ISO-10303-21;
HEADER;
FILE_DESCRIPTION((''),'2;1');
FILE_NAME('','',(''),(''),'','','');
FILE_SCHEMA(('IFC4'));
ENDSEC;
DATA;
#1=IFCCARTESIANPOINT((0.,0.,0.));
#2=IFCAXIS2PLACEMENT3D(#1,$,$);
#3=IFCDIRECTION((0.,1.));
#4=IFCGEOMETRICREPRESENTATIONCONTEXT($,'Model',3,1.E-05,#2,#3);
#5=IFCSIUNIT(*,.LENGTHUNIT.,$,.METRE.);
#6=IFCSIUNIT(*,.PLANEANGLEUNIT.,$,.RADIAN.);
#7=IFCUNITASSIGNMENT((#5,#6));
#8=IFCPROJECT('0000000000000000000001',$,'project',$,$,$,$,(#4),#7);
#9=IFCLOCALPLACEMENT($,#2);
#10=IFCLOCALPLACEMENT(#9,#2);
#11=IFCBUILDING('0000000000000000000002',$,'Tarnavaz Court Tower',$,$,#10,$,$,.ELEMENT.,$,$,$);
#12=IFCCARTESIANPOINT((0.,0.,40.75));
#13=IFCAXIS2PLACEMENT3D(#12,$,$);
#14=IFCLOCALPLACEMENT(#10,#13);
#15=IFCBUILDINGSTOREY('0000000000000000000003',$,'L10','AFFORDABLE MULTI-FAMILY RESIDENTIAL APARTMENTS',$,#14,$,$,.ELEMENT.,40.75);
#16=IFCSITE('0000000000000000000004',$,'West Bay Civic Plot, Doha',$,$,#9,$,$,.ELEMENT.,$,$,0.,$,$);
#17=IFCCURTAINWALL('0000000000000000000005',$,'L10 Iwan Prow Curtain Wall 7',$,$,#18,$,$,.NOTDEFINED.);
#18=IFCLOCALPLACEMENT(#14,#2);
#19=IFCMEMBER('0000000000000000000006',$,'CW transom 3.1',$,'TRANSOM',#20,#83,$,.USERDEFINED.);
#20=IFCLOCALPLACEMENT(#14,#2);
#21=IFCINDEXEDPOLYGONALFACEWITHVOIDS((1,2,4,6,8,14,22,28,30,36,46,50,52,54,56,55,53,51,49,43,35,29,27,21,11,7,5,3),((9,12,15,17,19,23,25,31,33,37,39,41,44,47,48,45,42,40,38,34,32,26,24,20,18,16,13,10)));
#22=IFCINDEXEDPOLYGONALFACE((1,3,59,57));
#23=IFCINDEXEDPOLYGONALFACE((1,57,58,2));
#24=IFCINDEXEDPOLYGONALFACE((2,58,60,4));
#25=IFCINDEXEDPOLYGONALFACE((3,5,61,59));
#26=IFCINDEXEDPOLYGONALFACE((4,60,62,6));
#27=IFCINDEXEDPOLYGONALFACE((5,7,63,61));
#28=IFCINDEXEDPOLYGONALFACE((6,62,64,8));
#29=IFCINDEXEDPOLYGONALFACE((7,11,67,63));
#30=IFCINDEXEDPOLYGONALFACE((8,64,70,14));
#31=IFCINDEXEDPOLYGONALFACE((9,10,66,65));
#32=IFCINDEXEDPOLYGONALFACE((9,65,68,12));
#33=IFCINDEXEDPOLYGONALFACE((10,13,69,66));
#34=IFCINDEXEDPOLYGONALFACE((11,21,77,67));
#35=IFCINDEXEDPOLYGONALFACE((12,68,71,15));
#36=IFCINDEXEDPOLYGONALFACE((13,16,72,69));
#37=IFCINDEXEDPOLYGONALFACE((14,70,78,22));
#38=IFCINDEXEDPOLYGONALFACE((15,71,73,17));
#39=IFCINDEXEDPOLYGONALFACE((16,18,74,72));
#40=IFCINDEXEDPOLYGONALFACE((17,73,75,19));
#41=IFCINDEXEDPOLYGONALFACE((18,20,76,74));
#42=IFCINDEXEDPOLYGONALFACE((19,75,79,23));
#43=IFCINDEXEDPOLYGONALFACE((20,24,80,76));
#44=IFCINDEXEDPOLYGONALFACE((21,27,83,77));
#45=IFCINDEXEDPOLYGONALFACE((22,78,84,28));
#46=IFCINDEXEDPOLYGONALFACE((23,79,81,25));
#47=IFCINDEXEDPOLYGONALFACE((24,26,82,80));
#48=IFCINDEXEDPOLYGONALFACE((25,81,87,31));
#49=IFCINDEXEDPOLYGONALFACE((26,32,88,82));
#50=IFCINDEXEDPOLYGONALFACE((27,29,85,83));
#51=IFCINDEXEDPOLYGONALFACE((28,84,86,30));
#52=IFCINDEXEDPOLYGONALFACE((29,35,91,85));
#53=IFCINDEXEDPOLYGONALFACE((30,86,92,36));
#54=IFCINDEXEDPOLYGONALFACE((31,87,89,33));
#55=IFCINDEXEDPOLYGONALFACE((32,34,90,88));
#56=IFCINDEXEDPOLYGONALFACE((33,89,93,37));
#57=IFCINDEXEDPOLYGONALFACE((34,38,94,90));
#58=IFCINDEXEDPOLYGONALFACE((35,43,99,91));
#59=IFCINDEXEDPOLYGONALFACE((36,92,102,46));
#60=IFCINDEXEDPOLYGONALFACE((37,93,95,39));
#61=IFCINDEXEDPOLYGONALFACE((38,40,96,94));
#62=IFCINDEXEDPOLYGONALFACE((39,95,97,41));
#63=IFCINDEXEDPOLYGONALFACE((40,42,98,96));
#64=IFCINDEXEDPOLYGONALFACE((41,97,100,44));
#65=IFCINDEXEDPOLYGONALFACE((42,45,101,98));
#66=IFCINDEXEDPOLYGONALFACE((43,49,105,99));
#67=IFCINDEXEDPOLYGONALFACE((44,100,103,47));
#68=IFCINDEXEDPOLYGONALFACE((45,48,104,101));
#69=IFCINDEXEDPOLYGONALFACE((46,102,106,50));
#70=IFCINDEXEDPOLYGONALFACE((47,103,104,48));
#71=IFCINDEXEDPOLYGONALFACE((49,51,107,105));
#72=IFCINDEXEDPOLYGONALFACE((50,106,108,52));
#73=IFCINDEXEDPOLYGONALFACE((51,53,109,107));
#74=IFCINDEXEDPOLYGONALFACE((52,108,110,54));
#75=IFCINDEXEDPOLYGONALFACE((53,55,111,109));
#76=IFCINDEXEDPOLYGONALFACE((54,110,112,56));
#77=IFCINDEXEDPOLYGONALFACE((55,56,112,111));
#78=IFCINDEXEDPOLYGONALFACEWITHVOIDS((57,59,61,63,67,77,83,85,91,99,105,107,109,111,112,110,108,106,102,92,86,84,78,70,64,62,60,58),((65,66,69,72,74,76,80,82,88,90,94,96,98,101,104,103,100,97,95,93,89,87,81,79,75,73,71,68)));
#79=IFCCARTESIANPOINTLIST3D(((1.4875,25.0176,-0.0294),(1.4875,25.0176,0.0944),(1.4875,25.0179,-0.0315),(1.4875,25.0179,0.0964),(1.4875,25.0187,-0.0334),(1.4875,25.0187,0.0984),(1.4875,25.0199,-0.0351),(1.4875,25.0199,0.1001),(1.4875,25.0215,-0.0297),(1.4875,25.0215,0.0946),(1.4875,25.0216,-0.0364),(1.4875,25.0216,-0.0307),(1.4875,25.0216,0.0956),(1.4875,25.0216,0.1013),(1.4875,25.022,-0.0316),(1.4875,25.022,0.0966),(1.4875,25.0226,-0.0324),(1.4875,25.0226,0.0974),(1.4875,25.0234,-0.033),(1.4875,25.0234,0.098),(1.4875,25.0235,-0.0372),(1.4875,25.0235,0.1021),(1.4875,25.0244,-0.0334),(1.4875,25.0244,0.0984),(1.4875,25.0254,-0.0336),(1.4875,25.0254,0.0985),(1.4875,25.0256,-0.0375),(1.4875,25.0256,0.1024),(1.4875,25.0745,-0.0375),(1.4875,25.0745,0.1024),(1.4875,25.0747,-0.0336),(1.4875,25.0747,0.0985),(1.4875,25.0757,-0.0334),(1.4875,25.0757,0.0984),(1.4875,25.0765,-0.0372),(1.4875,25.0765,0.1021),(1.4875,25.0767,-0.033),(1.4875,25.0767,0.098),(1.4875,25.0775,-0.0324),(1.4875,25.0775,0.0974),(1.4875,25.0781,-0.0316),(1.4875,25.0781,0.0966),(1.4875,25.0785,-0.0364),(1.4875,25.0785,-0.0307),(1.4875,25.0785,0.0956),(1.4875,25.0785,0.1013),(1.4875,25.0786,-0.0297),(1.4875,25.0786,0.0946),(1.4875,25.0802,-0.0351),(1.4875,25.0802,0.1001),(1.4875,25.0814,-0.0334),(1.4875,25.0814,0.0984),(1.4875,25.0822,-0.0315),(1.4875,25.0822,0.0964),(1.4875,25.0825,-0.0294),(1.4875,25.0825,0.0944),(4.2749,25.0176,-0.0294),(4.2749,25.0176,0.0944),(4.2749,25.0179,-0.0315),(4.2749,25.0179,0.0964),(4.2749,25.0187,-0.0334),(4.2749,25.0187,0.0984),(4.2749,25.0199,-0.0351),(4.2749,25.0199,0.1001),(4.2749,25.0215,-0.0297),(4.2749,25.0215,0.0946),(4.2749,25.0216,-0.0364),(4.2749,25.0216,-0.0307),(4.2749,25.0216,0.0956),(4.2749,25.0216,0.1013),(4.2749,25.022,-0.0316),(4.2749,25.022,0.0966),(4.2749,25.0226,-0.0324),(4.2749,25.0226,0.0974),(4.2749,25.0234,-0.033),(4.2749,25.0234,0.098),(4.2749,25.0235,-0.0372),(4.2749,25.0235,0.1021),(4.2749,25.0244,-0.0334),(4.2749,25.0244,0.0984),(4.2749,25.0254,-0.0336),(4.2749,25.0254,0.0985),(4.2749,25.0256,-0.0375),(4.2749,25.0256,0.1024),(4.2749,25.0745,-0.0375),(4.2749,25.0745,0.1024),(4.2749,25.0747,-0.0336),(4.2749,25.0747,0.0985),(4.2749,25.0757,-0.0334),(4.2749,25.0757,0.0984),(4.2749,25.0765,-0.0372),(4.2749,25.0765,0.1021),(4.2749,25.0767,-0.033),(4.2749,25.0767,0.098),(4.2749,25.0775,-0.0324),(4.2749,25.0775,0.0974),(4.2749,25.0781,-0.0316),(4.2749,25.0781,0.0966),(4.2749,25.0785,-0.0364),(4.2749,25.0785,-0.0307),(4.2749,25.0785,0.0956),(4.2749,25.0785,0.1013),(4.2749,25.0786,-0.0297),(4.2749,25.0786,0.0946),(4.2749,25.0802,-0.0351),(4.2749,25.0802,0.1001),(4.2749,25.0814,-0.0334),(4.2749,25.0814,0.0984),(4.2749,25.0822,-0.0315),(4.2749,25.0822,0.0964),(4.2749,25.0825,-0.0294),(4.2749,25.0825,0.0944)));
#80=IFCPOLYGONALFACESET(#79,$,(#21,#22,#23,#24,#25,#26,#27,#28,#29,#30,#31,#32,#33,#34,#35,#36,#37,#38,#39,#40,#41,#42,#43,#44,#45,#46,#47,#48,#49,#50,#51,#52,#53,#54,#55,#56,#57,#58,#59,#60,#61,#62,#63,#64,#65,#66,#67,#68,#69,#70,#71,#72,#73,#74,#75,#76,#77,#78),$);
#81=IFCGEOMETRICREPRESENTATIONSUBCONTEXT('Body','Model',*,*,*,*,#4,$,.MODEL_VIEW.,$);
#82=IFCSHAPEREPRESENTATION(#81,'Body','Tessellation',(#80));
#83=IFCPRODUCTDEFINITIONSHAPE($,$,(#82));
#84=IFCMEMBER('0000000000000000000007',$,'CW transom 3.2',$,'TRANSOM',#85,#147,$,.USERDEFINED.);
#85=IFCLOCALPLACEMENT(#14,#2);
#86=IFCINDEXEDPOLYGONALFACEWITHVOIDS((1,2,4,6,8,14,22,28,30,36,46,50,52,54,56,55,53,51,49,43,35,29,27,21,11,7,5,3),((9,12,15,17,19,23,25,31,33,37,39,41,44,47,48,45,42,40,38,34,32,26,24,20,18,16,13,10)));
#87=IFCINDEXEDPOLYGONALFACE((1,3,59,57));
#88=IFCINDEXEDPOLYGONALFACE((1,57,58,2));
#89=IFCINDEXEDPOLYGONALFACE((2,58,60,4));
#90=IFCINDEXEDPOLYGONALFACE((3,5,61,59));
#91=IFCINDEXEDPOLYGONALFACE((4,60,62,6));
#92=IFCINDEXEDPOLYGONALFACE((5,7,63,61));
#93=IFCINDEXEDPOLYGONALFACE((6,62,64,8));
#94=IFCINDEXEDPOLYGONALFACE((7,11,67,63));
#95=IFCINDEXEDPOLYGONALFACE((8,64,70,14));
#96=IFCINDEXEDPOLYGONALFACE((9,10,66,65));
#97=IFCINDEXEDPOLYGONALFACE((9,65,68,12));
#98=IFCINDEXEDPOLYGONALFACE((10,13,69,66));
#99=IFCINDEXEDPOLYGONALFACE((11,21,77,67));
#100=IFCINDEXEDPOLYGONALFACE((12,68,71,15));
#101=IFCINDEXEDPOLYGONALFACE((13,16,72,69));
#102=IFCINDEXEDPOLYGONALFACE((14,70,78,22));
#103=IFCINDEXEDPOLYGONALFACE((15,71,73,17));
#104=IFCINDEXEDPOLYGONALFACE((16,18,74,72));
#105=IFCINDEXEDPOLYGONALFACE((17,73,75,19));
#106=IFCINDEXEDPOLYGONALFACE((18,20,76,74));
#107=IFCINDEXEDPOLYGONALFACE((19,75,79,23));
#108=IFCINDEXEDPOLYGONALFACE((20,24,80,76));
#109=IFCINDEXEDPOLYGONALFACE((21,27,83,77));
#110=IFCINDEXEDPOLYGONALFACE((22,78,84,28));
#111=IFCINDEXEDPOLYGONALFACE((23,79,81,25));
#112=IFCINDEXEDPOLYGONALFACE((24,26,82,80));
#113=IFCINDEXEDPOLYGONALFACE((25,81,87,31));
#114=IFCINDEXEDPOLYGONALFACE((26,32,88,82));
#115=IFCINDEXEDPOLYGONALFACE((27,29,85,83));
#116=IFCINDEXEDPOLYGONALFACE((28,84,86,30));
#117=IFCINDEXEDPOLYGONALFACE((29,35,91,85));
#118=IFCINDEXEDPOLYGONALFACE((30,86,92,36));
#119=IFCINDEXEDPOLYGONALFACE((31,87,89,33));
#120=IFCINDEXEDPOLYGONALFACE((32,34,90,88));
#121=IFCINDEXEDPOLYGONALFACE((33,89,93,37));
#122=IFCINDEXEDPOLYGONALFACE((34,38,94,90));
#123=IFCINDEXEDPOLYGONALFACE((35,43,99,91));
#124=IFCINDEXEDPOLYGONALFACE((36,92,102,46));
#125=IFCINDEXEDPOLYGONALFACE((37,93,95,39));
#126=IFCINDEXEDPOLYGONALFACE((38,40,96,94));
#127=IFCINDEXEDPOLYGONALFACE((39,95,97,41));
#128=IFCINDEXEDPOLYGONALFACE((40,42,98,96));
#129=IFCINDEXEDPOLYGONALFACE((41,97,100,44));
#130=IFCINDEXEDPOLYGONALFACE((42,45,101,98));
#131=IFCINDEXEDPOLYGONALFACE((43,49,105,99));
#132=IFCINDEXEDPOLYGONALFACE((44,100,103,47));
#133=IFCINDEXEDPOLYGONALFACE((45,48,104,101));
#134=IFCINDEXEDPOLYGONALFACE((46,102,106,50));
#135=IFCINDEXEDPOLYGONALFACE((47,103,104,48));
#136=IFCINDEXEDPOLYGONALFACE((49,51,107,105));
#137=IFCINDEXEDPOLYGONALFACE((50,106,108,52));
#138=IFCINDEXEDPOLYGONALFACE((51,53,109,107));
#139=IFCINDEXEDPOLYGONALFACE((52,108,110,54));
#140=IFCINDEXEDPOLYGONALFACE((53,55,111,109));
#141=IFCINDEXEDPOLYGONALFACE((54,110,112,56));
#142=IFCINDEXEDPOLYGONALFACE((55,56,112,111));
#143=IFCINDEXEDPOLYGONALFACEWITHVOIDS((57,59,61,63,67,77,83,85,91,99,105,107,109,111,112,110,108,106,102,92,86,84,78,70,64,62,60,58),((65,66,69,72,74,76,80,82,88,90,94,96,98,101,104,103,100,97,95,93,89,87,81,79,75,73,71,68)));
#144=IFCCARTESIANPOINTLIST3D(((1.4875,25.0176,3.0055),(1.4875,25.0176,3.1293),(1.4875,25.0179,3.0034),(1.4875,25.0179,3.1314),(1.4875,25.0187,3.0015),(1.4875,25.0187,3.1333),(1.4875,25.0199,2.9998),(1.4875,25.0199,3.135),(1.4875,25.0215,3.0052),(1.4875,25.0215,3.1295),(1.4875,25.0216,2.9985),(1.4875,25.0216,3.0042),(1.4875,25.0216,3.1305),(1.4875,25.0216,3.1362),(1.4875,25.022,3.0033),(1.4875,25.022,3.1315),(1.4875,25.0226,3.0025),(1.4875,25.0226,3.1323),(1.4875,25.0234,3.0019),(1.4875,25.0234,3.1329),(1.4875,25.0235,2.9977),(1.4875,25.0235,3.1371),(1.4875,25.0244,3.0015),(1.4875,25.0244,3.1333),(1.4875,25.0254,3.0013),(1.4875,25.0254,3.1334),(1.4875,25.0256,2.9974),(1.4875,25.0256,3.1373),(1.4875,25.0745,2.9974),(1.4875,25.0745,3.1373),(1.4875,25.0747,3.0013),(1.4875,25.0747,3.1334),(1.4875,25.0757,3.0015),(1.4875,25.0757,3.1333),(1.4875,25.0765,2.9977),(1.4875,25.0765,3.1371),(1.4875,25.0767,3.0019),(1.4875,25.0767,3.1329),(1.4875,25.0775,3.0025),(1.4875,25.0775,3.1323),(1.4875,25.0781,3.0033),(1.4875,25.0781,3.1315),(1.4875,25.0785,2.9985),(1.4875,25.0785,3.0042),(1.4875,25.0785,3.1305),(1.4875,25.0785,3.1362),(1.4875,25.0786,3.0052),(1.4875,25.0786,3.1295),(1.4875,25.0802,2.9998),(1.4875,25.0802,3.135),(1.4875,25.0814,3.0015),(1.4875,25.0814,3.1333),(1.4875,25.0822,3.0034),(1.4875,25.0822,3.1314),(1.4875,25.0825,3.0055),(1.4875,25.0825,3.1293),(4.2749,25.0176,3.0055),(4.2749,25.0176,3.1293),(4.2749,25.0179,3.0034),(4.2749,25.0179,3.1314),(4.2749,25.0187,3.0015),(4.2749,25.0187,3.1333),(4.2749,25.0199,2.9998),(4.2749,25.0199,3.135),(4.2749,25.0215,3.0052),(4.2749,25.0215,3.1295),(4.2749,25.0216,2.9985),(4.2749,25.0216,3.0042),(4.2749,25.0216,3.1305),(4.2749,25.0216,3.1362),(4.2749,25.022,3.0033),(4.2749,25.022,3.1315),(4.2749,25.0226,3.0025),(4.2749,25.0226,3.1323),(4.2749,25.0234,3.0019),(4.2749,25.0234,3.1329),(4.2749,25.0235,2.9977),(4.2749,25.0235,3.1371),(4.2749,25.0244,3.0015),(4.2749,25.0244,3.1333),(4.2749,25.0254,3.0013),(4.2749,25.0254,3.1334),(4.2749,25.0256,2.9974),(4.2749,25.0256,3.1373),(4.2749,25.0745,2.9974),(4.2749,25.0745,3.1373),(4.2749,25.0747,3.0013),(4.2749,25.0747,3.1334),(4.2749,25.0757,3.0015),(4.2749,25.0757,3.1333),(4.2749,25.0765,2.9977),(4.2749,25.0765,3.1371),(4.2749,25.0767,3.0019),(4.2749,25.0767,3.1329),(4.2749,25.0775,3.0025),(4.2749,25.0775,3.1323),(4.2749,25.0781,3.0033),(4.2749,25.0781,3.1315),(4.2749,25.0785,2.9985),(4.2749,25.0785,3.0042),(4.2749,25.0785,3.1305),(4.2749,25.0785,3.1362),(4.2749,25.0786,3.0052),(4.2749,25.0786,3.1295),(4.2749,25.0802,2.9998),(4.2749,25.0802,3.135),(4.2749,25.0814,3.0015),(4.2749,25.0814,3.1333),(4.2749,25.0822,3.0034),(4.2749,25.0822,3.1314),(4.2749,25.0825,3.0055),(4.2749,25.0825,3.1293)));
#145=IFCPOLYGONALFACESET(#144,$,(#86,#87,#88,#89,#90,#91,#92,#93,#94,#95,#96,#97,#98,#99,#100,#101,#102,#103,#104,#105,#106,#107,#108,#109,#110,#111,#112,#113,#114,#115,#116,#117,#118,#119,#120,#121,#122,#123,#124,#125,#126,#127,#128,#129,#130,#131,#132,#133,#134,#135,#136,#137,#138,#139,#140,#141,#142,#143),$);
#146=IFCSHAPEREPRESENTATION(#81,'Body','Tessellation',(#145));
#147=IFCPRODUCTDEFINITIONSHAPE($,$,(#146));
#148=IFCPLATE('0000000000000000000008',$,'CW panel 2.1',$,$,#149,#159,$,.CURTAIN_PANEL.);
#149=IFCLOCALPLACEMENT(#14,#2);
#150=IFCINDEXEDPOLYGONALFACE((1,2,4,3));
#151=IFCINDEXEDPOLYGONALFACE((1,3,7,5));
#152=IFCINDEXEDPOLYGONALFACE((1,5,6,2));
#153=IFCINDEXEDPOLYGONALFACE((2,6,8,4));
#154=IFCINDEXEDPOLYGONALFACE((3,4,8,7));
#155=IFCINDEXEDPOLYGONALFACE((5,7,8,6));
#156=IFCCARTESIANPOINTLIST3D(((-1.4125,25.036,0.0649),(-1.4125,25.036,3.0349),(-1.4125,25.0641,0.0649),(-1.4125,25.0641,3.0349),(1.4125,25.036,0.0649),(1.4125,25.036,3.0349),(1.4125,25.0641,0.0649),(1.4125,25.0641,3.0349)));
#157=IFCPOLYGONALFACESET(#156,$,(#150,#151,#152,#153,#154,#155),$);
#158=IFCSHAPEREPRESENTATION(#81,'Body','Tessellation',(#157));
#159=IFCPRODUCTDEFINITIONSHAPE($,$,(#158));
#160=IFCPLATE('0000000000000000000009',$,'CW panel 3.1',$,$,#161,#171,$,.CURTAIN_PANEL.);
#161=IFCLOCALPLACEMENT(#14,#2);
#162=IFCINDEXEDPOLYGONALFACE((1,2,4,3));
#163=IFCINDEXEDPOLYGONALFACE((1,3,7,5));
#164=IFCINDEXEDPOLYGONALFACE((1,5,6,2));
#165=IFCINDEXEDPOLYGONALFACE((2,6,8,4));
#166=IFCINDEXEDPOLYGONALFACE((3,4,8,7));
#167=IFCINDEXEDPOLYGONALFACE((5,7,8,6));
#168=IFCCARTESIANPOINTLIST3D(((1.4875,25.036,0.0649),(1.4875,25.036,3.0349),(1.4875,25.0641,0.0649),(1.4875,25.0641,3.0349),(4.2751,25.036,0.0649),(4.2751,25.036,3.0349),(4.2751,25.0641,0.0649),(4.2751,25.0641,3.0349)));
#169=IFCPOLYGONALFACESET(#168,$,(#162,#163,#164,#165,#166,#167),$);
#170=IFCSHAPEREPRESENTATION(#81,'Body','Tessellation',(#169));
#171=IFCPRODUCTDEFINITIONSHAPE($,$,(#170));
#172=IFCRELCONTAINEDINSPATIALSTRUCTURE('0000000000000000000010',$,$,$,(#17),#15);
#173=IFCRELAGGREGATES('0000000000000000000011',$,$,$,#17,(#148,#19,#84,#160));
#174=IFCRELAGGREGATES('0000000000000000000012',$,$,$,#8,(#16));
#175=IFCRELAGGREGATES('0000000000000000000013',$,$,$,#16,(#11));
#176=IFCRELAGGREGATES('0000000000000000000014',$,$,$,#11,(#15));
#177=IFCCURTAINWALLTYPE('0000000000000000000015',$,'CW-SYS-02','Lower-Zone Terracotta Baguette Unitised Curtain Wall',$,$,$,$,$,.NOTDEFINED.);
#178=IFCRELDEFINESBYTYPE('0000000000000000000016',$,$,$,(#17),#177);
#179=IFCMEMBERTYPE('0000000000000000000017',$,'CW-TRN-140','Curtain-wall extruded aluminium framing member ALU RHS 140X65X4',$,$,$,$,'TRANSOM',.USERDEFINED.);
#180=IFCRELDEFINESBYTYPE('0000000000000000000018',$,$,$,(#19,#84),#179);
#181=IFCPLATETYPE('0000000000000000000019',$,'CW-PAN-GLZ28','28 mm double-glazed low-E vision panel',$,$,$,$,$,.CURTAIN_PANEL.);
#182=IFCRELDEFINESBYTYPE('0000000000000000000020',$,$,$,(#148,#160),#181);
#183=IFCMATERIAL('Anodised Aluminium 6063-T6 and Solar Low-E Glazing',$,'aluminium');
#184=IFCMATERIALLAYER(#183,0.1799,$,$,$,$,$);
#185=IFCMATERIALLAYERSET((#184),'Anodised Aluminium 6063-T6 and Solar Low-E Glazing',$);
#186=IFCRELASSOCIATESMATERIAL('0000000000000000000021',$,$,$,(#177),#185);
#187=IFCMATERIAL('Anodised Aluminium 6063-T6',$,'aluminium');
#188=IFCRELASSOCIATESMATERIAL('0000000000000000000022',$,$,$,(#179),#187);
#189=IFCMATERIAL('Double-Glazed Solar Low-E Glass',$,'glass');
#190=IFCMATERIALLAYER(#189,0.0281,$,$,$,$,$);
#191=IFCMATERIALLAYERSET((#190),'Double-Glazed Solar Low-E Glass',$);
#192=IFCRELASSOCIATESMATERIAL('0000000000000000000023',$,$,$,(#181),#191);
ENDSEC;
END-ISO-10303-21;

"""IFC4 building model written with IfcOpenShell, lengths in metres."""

from ifc_helpers import new_model, si_unit, direction, frame, origin, origin_2d, place, context, subcontext, project, spatial, rectangle, hollow_rectangle, extrude, material, layer, layer_set, material_profile, profile_set, type_object, element, aggregate, save


model = new_model("IFC4")

# Units and contexts
model_context = context("Model", 3, precision=1e-05, world=origin(), true_north=direction((0.0, 1.0)))
body_context = subcontext(model_context, "Body", "Model", "MODEL_VIEW")
ifc_project = project(units=[si_unit("LENGTHUNIT", "METRE"), si_unit("PLANEANGLEUNIT", "RADIAN")], contexts=[model_context])

# Site, building, storey
site_placement = place(None, origin())
site = spatial("IfcSite", under=ifc_project, at=site_placement, Name="West Bay Civic Plot, Doha", CompositionType="ELEMENT", RefElevation=0.0)
building_placement = place(site_placement, origin())
building = spatial("IfcBuilding", under=site, at=building_placement, Name="Tarnavaz Court Tower", CompositionType="ELEMENT")
storey_placement = place(building_placement, frame((0.0, 0.0, 40.75)))
storey = spatial("IfcBuildingStorey", under=building, at=storey_placement, Name="L10", Description="AFFORDABLE MULTI-FAMILY RESIDENTIAL APARTMENTS", CompositionType="ELEMENT", Elevation=40.75)

# Curtain wall, members, plates
ifc_material_1 = material(Name="Anodised Aluminium 6063-T6 and Solar Low-E Glazing", Category="aluminium")
ifc_layer_1 = layer(ifc_material_1, 0.1799)
ifc_layer_set_1 = layer_set([ifc_layer_1], Name="Anodised Aluminium 6063-T6 and Solar Low-E Glazing")
curtain_wall_type = type_object("IfcCurtainWallType", Name="CW-SYS-02", Description="Lower-Zone Terracotta Baguette Unitised Curtain Wall", PredefinedType="NOTDEFINED", material=ifc_layer_set_1)
curtain_wall_placement = place(storey_placement, origin())
curtain_wall = element("IfcCurtainWall", 1, at=curtain_wall_placement, inside=storey, type_object=curtain_wall_type, Name="L10 Iwan Prow Curtain Wall 7", PredefinedType="NOTDEFINED")
ifc_material_2 = material(Name="Anodised Aluminium 6063-T6", Category="aluminium")
ifc_material_profile_1 = material_profile(ifc_material_2, hollow_rectangle(XDim=0.0649, YDim=0.1399, WallThickness=0.0039, InnerFilletRadius=0.0039, OuterFilletRadius=0.0081, at=origin_2d()), Name="ALU RHS 140X65X4")
ifc_profile_set_1 = profile_set([ifc_material_profile_1], Name="Anodised Aluminium 6063-T6")
member_type_1 = type_object("IfcMemberType", Name="CW-TRN-140", Description="Curtain-wall extruded aluminium framing member ALU RHS 140X65X4", ElementType="TRANSOM", PredefinedType="USERDEFINED", material=ifc_profile_set_1)
member_1_placement = place(storey_placement, frame((1.4875, 25.05, 0.0325), z_axis=(1.0, 0.0, 0.0), x_axis=(0.0, 1.0, 0.0)))
member_1 = element("IfcMember", 2, at=member_1_placement, type_object=member_type_1, Name="CW transom 3.1", ObjectType="TRANSOM", PredefinedType="USERDEFINED", context=body_context, shape_type="SweptSolid", body=[
    extrude(hollow_rectangle(XDim=0.0649, YDim=0.1399, WallThickness=0.0039, InnerFilletRadius=0.0039, OuterFilletRadius=0.0081, at=origin_2d()), origin(), (0.0, 0.0, 1.0), 2.7874),
])
member_2_placement = place(storey_placement, frame((1.4875, 25.05, 3.0674), z_axis=(1.0, 0.0, 0.0), x_axis=(0.0, 1.0, 0.0)))
member_2 = element("IfcMember", 3, at=member_2_placement, type_object=member_type_1, Name="CW transom 3.2", ObjectType="TRANSOM", PredefinedType="USERDEFINED", context=body_context, shape_type="SweptSolid", body=[
    extrude(hollow_rectangle(XDim=0.0649, YDim=0.1399, WallThickness=0.0039, InnerFilletRadius=0.0039, OuterFilletRadius=0.0081, at=origin_2d()), origin(), (0.0, 0.0, 1.0), 2.7874),
])
ifc_material_3 = material(Name="Double-Glazed Solar Low-E Glass", Category="glass")
ifc_layer_2 = layer(ifc_material_3, 0.0281)
ifc_layer_set_2 = layer_set([ifc_layer_2], Name="Double-Glazed Solar Low-E Glass")
plate_type = type_object("IfcPlateType", Name="CW-PAN-GLZ28", Description="28 mm double-glazed low-E vision panel", PredefinedType="CURTAIN_PANEL", material=ifc_layer_set_2)
plate_1_placement = place(storey_placement, frame((0.0, 25.05, 0.0649), z_axis=(0.0, 0.0, 1.0), x_axis=(1.0, 0.0, 0.0)))
plate_1 = element("IfcPlate", 4, at=plate_1_placement, type_object=plate_type, Name="CW panel 2.1", PredefinedType="CURTAIN_PANEL", context=body_context, shape_type="SweptSolid", body=[
    extrude(rectangle(XDim=2.825, YDim=0.0281, at=origin_2d()), origin(), (0.0, 0.0, 1.0), 2.97),
])
plate_2_placement = place(storey_placement, frame((2.8813, 25.05, 0.0649), z_axis=(0.0, 0.0, 1.0), x_axis=(1.0, 0.0, 0.0)))
plate_2 = element("IfcPlate", 5, at=plate_2_placement, type_object=plate_type, Name="CW panel 3.1", PredefinedType="CURTAIN_PANEL", context=body_context, shape_type="SweptSolid", body=[
    extrude(rectangle(XDim=2.7876, YDim=0.0281, at=origin_2d()), origin(), (0.0, 0.0, 1.0), 2.97),
])
aggregate(curtain_wall, [plate_1, member_1, member_2, plate_2])

save(model, "model.ifc")
